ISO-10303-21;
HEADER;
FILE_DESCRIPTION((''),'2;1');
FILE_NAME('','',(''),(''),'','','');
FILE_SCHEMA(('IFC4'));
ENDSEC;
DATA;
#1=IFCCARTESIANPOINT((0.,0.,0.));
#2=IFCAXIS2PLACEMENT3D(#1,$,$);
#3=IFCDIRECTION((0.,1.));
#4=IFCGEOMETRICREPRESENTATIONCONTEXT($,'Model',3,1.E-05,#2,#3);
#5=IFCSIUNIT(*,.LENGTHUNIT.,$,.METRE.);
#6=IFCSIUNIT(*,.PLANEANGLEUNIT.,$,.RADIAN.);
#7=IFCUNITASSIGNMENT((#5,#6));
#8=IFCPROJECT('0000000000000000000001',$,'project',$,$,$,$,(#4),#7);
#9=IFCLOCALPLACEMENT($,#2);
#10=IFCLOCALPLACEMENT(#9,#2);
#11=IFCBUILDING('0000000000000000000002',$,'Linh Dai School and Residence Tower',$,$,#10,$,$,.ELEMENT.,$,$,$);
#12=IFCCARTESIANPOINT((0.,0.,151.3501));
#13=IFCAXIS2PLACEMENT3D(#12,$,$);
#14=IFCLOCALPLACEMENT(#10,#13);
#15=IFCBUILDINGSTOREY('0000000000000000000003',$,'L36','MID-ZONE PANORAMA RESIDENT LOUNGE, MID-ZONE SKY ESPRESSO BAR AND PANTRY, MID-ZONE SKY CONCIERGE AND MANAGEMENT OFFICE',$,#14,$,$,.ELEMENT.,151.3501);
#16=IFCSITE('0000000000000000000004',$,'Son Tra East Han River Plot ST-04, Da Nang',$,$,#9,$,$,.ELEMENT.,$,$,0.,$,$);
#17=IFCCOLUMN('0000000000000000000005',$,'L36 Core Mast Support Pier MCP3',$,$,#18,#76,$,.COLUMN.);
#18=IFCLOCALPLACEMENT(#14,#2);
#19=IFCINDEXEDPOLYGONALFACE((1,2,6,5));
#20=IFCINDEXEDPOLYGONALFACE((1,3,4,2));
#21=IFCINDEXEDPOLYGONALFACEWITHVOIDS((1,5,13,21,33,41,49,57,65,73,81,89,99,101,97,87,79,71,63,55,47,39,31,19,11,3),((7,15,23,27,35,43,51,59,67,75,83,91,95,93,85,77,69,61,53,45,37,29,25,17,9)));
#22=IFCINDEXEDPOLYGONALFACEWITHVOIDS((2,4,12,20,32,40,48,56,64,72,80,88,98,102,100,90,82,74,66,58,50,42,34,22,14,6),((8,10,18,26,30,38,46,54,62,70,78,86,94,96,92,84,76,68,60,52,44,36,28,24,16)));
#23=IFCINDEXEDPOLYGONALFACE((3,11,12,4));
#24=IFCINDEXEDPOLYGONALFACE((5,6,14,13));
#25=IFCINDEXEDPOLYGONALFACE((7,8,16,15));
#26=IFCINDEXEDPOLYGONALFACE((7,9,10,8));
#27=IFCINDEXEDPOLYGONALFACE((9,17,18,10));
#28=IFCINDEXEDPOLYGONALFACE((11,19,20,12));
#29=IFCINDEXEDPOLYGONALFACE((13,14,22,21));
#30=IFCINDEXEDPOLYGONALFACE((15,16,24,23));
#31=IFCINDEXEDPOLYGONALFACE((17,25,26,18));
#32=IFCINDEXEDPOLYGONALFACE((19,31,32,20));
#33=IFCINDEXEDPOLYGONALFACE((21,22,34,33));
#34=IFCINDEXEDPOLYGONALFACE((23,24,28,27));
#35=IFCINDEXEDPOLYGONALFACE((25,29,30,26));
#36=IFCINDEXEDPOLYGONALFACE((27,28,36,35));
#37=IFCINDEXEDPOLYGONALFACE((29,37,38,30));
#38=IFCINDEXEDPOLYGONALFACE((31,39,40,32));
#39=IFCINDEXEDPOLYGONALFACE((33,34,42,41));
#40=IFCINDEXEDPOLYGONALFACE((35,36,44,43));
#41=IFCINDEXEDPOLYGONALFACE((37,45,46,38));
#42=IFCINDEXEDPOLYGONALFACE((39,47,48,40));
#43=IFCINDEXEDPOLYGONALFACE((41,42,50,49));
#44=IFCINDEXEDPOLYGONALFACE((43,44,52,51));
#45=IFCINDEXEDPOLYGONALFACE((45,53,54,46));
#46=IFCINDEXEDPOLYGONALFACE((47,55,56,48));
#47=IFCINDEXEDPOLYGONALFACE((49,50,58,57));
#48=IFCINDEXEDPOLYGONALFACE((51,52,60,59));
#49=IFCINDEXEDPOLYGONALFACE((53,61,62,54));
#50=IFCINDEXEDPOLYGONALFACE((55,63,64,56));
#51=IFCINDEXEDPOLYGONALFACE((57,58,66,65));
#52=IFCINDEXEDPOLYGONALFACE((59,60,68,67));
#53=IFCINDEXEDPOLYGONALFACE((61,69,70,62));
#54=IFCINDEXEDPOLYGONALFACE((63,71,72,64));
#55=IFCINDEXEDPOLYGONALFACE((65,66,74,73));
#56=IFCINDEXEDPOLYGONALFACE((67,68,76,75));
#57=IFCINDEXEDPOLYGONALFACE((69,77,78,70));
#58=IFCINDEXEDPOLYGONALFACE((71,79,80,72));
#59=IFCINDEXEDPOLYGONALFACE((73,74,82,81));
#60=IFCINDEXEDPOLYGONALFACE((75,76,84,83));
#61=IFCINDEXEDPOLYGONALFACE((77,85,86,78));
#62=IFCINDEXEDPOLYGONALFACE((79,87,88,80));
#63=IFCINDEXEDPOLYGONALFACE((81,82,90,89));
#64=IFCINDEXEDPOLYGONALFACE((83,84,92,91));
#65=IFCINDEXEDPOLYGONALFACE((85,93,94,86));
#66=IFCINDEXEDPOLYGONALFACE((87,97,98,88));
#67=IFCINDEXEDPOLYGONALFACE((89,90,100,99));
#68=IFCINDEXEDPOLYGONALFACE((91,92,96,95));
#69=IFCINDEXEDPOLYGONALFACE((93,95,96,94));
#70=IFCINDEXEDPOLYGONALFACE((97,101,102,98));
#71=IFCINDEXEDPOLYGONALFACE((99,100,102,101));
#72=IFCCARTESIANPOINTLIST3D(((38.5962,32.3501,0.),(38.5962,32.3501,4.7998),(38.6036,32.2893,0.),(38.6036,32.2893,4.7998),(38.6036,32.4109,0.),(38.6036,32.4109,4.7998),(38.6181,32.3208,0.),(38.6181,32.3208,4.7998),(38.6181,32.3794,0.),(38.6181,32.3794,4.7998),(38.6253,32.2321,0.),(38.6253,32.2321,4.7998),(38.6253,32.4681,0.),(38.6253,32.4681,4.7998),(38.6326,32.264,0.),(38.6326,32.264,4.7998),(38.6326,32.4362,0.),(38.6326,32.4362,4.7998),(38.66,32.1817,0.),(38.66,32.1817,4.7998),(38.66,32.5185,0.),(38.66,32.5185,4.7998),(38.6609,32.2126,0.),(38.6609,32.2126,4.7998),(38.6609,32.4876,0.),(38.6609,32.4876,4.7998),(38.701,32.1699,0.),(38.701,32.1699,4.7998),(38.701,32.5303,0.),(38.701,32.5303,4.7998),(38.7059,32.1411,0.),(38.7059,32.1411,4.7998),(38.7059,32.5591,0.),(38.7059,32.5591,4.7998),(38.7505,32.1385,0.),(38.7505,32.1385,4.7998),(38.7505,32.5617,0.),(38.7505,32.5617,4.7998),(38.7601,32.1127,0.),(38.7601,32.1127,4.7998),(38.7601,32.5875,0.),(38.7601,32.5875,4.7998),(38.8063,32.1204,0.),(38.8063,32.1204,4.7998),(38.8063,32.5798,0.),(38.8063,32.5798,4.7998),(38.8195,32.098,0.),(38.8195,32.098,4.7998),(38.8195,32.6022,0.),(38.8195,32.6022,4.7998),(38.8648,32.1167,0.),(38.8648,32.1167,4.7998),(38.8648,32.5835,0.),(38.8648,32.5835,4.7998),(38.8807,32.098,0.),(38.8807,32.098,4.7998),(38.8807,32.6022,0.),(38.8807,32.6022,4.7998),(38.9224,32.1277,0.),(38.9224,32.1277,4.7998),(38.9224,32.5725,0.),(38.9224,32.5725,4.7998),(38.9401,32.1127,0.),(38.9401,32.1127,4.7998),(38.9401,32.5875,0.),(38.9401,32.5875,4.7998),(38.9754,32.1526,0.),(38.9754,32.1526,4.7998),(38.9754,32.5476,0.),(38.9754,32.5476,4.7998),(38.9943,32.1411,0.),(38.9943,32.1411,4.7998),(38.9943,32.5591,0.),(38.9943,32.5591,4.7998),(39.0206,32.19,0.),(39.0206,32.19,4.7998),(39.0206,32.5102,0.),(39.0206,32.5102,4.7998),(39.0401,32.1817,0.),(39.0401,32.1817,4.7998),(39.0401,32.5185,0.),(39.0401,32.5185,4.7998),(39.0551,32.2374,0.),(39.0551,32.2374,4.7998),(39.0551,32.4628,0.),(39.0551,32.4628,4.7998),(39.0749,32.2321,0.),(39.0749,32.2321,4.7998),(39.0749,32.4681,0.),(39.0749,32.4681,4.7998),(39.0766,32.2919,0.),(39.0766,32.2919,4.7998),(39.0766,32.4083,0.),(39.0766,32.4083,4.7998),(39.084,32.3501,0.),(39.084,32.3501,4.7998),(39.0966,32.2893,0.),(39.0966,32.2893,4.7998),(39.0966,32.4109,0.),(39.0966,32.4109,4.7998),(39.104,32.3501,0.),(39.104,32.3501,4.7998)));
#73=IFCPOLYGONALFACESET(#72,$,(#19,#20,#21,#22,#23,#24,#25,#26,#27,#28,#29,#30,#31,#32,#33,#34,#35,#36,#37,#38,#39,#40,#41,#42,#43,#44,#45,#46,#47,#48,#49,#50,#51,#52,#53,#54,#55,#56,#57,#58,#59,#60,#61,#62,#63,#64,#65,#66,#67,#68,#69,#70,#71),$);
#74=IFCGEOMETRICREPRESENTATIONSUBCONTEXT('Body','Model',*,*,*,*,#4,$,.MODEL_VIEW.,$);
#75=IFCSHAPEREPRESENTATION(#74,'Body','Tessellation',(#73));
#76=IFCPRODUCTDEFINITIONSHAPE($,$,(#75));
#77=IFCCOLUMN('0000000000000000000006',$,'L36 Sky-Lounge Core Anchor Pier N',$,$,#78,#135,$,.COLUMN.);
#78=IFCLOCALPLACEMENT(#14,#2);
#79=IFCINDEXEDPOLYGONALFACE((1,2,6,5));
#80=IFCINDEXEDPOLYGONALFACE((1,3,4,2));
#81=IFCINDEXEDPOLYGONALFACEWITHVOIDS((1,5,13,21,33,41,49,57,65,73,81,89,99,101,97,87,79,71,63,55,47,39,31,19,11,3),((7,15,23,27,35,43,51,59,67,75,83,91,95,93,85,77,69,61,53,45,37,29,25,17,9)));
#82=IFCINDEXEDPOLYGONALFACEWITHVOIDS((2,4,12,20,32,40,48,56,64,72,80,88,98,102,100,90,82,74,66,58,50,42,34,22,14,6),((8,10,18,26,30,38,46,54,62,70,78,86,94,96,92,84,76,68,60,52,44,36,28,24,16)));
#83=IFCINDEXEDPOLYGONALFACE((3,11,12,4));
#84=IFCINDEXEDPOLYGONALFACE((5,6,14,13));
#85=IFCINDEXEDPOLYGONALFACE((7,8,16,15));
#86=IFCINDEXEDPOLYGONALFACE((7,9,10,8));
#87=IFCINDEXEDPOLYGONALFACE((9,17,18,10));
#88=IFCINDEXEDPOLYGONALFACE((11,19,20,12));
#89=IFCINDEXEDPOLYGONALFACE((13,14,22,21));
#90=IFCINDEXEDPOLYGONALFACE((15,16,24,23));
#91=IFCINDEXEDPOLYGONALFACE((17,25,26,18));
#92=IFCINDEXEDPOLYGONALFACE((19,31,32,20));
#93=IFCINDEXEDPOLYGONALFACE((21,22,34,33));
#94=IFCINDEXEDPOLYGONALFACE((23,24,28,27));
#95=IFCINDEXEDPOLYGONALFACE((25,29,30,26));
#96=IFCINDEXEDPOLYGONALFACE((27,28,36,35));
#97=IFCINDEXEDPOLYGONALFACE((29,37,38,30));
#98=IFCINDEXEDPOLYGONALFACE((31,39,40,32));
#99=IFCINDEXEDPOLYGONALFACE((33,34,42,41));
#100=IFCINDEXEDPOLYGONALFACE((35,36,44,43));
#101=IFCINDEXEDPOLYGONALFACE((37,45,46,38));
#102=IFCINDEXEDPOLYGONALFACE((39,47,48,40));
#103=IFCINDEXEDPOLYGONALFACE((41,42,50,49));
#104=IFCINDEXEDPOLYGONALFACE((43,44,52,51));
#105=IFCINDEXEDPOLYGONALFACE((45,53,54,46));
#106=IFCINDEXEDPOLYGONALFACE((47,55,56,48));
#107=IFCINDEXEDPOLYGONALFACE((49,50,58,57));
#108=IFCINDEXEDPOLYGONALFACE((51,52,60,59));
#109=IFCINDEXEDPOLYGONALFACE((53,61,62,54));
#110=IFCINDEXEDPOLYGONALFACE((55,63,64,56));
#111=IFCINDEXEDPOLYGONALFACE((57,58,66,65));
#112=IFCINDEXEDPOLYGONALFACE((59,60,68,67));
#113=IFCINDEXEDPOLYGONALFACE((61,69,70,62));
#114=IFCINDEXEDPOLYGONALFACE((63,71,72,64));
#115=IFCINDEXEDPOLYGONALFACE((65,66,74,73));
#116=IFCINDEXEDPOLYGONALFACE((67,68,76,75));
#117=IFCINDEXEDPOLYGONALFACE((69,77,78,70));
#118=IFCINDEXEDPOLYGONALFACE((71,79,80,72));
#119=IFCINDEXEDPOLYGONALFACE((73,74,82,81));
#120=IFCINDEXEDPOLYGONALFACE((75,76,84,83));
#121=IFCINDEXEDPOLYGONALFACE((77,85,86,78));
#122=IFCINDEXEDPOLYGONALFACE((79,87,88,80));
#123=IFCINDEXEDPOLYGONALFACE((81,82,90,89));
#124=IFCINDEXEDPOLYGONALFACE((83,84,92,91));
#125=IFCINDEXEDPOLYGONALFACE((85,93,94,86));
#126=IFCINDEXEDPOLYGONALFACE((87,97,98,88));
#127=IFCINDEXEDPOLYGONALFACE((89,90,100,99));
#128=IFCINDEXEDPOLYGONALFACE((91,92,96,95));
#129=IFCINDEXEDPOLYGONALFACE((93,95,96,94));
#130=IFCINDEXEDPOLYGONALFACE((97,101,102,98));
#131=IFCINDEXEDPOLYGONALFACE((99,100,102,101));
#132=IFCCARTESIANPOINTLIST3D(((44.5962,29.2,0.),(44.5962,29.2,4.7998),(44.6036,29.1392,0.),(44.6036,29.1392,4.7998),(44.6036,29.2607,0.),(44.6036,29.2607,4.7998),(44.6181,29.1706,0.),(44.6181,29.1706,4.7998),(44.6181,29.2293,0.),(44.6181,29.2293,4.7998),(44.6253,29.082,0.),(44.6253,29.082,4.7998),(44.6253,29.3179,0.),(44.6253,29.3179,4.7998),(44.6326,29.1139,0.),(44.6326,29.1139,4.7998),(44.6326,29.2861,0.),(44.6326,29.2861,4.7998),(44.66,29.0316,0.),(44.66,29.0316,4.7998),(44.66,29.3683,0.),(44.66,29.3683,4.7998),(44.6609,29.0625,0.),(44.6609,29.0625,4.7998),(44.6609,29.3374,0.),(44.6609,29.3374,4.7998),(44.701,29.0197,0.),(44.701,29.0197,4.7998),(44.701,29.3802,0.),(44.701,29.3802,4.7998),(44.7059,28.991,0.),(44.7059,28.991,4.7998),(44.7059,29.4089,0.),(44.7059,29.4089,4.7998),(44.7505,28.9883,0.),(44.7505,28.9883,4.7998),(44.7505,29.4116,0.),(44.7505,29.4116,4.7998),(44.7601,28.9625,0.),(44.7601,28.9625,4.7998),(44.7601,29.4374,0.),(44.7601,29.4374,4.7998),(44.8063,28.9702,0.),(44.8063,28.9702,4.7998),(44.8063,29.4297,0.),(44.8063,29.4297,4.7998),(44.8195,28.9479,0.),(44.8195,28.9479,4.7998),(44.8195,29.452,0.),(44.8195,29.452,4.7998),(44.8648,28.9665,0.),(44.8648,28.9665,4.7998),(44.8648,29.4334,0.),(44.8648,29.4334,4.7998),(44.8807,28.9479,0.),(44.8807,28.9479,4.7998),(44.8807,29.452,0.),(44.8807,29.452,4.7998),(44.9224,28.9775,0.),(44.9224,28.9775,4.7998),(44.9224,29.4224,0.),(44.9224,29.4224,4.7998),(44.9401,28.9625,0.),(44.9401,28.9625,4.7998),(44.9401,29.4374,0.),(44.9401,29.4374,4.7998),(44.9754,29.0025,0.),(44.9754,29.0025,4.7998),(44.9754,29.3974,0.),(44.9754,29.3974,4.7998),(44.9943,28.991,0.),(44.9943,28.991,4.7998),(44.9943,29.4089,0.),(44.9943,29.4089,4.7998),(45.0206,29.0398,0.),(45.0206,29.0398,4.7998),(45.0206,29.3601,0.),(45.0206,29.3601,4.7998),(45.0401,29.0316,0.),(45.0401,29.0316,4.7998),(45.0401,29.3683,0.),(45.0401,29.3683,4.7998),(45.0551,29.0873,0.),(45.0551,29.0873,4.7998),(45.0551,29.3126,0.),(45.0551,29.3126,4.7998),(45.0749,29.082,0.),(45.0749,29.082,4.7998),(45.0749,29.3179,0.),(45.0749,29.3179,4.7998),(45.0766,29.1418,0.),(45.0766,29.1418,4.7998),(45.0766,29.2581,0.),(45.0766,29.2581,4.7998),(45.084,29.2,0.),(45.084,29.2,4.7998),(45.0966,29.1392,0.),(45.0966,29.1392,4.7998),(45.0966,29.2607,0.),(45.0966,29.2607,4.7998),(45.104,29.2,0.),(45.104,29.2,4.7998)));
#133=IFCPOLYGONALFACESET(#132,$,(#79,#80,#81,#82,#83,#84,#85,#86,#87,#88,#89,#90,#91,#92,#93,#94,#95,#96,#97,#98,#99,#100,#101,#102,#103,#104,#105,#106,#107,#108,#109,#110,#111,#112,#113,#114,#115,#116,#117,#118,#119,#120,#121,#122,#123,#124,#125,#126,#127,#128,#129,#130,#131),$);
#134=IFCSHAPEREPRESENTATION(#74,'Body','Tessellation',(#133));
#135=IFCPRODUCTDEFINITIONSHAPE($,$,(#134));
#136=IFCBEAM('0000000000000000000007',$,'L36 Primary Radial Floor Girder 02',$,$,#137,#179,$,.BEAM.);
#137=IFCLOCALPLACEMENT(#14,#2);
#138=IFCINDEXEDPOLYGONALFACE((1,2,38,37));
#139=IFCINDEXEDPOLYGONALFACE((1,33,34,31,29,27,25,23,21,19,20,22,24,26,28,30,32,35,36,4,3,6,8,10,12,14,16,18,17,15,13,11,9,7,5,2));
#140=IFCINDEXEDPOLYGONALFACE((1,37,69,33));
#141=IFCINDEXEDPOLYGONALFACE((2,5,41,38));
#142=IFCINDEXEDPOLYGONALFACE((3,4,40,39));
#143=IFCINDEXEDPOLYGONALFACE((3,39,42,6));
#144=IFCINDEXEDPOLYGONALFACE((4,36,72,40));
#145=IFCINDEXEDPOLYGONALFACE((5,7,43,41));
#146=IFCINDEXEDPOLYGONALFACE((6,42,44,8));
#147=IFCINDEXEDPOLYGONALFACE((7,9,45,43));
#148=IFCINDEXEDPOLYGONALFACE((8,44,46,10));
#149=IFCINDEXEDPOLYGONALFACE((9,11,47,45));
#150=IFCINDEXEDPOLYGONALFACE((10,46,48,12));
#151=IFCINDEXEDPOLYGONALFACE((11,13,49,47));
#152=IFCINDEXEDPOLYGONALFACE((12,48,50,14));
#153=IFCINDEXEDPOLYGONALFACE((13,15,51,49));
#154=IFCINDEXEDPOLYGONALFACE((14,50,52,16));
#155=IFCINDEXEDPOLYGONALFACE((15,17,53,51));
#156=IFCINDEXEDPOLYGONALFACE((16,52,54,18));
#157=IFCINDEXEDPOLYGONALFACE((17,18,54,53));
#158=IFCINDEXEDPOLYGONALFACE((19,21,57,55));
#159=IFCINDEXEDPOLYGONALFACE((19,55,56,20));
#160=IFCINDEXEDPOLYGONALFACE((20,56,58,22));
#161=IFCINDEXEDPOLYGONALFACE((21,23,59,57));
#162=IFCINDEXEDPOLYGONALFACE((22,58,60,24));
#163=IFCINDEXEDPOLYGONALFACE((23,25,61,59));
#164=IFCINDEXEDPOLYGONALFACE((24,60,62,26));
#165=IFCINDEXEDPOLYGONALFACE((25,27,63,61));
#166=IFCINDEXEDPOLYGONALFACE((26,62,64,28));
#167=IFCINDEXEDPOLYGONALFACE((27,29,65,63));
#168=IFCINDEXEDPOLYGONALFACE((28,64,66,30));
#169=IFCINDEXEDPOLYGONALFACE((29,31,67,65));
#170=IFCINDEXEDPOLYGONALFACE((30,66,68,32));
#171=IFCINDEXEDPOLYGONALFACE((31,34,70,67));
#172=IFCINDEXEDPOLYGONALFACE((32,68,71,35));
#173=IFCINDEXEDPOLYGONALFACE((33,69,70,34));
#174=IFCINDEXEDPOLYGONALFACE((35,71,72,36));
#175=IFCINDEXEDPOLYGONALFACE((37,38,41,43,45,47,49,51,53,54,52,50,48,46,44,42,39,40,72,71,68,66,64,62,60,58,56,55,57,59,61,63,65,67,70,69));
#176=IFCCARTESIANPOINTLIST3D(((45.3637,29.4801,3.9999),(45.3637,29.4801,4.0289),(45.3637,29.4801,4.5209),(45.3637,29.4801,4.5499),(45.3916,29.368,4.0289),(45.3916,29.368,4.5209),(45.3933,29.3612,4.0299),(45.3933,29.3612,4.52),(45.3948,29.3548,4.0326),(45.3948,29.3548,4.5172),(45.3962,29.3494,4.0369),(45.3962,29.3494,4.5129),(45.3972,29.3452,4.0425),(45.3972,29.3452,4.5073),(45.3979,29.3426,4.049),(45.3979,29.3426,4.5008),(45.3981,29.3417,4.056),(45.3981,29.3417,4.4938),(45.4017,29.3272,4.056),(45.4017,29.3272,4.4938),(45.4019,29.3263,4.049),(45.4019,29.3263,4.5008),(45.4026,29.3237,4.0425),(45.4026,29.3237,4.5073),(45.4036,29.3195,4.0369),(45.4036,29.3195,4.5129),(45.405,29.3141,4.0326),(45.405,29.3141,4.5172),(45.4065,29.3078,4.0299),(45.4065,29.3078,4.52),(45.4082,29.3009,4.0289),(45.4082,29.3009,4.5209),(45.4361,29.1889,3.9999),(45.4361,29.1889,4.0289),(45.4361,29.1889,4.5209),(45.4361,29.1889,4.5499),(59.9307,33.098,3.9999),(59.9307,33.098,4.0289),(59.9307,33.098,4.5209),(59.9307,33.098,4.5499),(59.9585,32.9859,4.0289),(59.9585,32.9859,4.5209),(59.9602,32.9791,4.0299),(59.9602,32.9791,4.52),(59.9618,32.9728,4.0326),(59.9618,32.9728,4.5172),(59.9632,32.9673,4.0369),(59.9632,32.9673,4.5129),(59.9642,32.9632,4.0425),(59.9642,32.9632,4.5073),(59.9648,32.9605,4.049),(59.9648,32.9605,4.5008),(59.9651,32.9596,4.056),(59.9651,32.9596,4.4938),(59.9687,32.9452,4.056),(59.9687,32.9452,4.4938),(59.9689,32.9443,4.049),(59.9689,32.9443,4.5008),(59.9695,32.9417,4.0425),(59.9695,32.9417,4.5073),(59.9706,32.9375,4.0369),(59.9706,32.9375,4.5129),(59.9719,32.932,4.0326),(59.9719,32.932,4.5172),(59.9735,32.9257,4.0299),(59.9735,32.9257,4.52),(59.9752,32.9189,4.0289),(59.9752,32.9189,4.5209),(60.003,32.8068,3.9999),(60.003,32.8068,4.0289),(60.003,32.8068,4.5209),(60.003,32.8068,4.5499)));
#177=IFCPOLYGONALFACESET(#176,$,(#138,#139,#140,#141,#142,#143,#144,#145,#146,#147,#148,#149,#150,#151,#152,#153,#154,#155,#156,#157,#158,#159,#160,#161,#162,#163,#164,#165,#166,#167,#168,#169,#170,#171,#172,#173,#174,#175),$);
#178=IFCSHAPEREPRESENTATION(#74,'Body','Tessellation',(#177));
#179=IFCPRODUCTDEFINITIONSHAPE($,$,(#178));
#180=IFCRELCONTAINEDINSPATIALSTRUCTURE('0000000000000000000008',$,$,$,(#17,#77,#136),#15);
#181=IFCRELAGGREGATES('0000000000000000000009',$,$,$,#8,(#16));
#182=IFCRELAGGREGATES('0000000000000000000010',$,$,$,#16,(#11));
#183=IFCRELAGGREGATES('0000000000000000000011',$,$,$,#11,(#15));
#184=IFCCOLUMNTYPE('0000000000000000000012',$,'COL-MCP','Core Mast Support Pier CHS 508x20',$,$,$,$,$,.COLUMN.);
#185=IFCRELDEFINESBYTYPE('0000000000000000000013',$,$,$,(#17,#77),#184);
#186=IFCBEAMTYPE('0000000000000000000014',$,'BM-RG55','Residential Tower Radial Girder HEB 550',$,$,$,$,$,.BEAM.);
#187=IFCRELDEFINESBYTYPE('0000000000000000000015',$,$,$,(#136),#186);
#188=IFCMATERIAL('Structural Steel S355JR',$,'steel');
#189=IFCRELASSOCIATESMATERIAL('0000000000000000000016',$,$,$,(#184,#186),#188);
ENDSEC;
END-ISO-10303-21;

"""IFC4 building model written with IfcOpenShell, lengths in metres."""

from ifc_helpers import new_model, si_unit, direction, frame, origin, origin_2d, place, context, subcontext, project, spatial, hollow_circle, i_section, extrude, material, material_profile, profile_set, type_object, element, save


model = new_model("IFC4")

# Units and contexts
model_context = context("Model", 3, precision=1e-05, world=origin(), true_north=direction((0.0, 1.0)))
body_context = subcontext(model_context, "Body", "Model", "MODEL_VIEW")
ifc_project = project(units=[si_unit("LENGTHUNIT", "METRE"), si_unit("PLANEANGLEUNIT", "RADIAN")], contexts=[model_context])

# Site, building, storey
site_placement = place(None, origin())
site = spatial("IfcSite", under=ifc_project, at=site_placement, Name="Son Tra East Han River Plot ST-04, Da Nang", CompositionType="ELEMENT", RefElevation=0.0)
building_placement = place(site_placement, origin())
building = spatial("IfcBuilding", under=site, at=building_placement, Name="Linh Dai School and Residence Tower", CompositionType="ELEMENT")
storey_placement = place(building_placement, frame((0.0, 0.0, 151.3501)))
storey = spatial("IfcBuildingStorey", under=building, at=storey_placement, Name="L36", Description="MID-ZONE PANORAMA RESIDENT LOUNGE, MID-ZONE SKY ESPRESSO BAR AND PANTRY, MID-ZONE SKY CONCIERGE AND MANAGEMENT OFFICE", CompositionType="ELEMENT", Elevation=151.3501)

# Columns
ifc_material_1 = material(Name="Structural Steel S355JR", Category="steel")
ifc_material_profile_1 = material_profile(ifc_material_1, hollow_circle(Radius=0.2539, WallThickness=0.02, at=origin_2d()), Name="CHS 508x20")
ifc_profile_set_1 = profile_set([ifc_material_profile_1], Name="Structural Steel S355JR")
column_type_1 = type_object("IfcColumnType", Name="COL-MCP", Description="Core Mast Support Pier CHS 508x20", PredefinedType="COLUMN", material=ifc_profile_set_1)
for number, where, z_axis, x_axis, name in (
    (1, (38.8501, 32.3501, 0.0), (0.0, 0.0, 1.0), (1.0, 0.0, 0.0), "L36 Core Mast Support Pier MCP3"),
    (2, (44.8501, 29.2, 0.0), (0.0, 0.0, 1.0), (1.0, 0.0, 0.0), "L36 Sky-Lounge Core Anchor Pier N"),
):
    element("IfcColumn", number, at=place(storey_placement, frame(where, z_axis=z_axis, x_axis=x_axis)), inside=storey, type_object=column_type_1, Name=name, PredefinedType="COLUMN", context=body_context, shape_type="SweptSolid", body=[
        extrude(hollow_circle(Radius=0.2539, WallThickness=0.02, at=origin_2d()), origin(), (0.0, 0.0, 1.0), 4.7998),
    ])

# Beam
ifc_material_profile_2 = material_profile(ifc_material_1, i_section(OverallWidth=0.3, OverallDepth=0.55, WebThickness=0.0149, FlangeThickness=0.0291, FilletRadius=0.0271, at=origin_2d()), Name="HEB 550")
ifc_profile_set_2 = profile_set([ifc_material_profile_2], Name="Structural Steel S355JR")
beam_type_1 = type_object("IfcBeamType", Name="BM-RG55", Description="Residential Tower Radial Girder HEB 550", PredefinedType="BEAM", material=ifc_profile_set_2)
beam_1_placement = place(storey_placement, frame((45.3999, 29.3345, 4.2749), z_axis=(0.970515, 0.241043, 0.0), x_axis=(-0.241043, 0.970515, 0.0)))
element("IfcBeam", 3, at=beam_1_placement, inside=storey, type_object=beam_type_1, Name="L36 Primary Radial Floor Girder 02", PredefinedType="BEAM", context=body_context, shape_type="SweptSolid", body=[
    extrude(i_section(OverallWidth=0.3, OverallDepth=0.55, WebThickness=0.0149, FlangeThickness=0.0291, FilletRadius=0.0271, at=origin_2d()), origin(), (0.0, 0.0, 1.0), 15.0095),
])

save(model, "model.ifc")
